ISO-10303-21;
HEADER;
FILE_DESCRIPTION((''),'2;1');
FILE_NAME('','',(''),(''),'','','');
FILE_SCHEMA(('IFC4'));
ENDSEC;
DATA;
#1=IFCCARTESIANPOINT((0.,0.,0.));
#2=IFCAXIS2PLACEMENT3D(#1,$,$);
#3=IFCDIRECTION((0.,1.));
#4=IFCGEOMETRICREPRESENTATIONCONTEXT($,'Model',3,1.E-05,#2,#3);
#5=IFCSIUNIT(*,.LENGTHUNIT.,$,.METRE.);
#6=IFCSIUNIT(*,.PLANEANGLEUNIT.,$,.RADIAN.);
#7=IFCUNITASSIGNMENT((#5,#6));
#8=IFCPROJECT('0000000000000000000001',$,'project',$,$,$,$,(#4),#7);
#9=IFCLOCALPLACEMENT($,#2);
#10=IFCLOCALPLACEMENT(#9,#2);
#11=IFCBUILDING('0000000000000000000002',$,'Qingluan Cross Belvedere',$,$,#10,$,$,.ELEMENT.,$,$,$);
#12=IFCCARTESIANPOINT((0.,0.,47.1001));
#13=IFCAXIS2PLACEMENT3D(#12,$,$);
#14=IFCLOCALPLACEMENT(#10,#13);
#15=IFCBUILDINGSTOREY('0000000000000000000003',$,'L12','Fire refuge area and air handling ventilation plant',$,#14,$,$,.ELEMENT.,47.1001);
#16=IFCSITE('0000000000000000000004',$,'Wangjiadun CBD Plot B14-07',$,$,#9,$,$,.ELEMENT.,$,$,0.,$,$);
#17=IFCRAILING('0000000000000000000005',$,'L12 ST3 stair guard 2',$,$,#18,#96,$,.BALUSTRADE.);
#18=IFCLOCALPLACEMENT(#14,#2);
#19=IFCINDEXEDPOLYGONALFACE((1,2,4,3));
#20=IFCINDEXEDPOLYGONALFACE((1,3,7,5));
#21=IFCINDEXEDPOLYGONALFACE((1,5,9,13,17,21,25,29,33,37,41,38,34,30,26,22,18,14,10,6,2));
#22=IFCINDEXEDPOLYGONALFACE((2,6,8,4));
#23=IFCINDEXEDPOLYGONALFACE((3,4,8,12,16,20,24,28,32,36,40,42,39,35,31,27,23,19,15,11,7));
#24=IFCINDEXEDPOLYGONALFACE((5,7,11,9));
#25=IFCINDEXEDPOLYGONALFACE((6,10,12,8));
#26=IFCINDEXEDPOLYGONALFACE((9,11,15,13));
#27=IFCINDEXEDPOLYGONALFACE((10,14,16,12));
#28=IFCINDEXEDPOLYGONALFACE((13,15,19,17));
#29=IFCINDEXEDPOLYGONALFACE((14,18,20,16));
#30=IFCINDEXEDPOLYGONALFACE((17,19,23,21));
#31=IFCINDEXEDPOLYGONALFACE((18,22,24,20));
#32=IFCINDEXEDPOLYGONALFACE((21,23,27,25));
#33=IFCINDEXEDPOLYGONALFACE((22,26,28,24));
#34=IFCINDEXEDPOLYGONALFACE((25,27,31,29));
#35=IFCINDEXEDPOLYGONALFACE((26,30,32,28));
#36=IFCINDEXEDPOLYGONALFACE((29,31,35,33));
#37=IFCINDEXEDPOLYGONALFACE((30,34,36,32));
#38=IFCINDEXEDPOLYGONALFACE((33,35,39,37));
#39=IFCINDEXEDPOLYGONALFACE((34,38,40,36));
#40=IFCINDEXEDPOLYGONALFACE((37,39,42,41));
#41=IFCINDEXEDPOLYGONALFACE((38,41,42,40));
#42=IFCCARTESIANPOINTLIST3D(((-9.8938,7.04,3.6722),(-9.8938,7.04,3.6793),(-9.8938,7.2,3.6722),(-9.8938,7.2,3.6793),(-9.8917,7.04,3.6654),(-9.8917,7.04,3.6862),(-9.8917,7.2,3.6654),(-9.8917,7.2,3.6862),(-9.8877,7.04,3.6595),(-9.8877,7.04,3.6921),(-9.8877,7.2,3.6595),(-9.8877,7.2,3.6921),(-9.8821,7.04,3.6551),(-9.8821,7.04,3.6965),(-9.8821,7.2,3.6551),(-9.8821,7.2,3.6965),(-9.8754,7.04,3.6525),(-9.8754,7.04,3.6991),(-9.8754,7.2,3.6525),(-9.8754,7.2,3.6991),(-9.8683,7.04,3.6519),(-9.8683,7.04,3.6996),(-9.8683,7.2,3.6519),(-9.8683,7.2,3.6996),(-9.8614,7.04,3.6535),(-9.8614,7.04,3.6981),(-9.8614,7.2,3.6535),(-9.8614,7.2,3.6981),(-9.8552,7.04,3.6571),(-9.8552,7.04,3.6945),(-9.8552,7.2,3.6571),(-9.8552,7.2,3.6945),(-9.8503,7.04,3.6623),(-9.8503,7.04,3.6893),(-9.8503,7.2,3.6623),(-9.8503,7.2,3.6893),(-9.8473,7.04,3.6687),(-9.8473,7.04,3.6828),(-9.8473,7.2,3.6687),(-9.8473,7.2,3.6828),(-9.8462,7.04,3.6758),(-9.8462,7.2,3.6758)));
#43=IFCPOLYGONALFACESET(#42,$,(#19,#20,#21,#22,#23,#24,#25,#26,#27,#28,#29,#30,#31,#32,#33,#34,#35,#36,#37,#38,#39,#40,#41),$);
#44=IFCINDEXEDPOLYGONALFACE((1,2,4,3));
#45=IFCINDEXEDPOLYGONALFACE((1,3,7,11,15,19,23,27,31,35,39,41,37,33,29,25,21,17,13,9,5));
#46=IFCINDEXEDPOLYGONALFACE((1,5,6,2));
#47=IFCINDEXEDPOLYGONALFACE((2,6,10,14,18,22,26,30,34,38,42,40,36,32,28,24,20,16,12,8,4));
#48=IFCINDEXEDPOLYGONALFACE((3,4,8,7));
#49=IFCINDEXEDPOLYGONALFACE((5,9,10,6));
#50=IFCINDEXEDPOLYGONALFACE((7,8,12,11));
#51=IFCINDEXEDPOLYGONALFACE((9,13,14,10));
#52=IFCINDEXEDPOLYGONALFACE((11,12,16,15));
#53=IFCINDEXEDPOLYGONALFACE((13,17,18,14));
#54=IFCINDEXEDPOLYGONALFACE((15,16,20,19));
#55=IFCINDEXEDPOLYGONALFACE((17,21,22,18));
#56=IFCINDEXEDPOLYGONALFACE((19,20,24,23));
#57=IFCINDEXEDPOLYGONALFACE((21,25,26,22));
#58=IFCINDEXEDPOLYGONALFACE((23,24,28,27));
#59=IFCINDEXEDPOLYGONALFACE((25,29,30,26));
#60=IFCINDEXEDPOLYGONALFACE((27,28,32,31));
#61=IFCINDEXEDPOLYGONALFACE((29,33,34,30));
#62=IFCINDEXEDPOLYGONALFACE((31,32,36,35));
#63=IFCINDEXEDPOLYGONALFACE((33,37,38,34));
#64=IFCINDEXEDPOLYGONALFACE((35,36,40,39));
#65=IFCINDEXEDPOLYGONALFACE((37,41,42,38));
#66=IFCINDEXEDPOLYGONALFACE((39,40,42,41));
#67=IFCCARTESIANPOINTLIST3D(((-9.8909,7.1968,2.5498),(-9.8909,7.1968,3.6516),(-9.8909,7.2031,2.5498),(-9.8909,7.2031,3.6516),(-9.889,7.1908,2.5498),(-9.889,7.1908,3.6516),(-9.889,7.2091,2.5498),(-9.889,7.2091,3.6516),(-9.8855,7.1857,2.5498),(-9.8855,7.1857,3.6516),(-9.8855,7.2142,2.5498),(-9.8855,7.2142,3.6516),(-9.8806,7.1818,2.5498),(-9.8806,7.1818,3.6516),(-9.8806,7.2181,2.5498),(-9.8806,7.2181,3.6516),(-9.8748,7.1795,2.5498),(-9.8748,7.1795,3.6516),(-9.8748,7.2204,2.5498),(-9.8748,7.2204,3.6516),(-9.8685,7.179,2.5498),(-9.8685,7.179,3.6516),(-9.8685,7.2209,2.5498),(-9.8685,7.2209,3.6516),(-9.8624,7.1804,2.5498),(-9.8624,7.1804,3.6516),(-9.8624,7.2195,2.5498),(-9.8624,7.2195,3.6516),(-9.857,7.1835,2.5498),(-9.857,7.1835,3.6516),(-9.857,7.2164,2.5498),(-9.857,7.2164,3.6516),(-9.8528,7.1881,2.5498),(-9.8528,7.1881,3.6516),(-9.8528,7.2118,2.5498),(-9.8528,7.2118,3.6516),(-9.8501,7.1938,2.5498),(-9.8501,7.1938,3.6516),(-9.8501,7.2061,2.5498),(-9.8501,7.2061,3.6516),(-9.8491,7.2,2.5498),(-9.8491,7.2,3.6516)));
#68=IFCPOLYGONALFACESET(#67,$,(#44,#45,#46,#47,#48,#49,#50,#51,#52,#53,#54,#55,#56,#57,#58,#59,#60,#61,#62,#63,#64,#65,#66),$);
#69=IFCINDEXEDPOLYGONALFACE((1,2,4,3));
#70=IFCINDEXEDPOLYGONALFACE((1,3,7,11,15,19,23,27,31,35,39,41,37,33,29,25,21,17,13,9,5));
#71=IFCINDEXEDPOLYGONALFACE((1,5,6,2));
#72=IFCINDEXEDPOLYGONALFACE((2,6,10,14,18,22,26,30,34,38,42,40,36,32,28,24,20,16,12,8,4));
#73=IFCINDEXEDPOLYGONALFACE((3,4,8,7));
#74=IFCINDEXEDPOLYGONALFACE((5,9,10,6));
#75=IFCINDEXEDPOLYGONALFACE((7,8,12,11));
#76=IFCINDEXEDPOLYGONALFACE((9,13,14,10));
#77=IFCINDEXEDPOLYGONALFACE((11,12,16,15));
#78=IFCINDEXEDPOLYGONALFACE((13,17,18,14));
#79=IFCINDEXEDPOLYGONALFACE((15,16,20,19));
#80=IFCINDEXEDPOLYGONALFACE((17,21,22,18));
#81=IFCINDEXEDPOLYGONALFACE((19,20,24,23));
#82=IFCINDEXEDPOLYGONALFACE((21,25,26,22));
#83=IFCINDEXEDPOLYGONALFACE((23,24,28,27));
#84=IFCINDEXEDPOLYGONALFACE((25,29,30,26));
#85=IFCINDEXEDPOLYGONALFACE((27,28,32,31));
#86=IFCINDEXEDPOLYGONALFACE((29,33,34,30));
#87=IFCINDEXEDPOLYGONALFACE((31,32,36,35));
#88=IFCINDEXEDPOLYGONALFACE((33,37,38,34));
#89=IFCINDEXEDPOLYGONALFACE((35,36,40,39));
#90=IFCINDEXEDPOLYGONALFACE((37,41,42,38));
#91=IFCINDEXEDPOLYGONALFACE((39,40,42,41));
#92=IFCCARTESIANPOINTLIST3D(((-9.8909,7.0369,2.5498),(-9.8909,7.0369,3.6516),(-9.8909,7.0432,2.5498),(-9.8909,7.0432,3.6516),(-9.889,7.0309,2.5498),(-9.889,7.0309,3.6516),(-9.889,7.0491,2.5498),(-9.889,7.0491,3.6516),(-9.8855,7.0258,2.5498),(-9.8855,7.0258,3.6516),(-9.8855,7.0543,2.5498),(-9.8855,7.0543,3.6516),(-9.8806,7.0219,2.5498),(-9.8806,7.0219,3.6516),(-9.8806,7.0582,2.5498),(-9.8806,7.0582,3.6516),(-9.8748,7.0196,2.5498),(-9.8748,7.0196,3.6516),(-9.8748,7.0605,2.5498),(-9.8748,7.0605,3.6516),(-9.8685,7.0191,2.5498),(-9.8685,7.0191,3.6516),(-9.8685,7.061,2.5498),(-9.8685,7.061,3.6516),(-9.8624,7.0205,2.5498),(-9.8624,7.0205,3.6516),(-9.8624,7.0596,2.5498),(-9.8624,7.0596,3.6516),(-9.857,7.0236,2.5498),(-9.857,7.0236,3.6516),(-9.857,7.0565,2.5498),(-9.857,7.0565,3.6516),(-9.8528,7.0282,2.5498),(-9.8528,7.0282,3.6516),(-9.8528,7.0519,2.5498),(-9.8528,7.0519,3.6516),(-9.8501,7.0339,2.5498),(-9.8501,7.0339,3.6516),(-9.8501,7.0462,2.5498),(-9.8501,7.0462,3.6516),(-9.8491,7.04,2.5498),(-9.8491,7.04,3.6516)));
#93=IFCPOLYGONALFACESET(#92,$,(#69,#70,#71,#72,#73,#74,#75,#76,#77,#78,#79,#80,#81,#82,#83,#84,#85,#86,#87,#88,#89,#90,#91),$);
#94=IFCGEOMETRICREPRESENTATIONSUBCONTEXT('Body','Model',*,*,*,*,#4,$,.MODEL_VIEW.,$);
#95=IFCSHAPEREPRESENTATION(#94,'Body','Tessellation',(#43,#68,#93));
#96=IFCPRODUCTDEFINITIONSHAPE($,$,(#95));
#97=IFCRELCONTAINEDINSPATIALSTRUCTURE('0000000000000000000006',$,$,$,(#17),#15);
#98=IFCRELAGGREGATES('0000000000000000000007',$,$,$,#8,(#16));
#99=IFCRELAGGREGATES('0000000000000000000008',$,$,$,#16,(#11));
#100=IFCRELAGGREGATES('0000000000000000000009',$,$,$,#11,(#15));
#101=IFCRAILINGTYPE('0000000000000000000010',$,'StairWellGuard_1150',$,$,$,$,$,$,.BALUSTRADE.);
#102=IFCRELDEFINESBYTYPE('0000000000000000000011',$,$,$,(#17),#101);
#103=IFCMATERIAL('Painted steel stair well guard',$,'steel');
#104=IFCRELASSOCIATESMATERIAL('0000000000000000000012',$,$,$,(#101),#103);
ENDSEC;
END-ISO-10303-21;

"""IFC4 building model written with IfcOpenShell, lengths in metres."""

from ifc_helpers import new_model, si_unit, direction, frame, origin, origin_2d, place, context, subcontext, project, spatial, circle, extrude, material, type_object, element, save


model = new_model("IFC4")

# Units and contexts
model_context = context("Model", 3, precision=1e-05, world=origin(), true_north=direction((0.0, 1.0)))
body_context = subcontext(model_context, "Body", "Model", "MODEL_VIEW")
ifc_project = project(units=[si_unit("LENGTHUNIT", "METRE"), si_unit("PLANEANGLEUNIT", "RADIAN")], contexts=[model_context])

# Site, building, storey
site_placement = place(None, origin())
site = spatial("IfcSite", under=ifc_project, at=site_placement, Name="Wangjiadun CBD Plot B14-07", CompositionType="ELEMENT", RefElevation=0.0)
building_placement = place(site_placement, origin())
building = spatial("IfcBuilding", under=site, at=building_placement, Name="Qingluan Cross Belvedere", CompositionType="ELEMENT")
storey_placement = place(building_placement, frame((0.0, 0.0, 47.1001)))
storey = spatial("IfcBuildingStorey", under=building, at=storey_placement, Name="L12", Description="Fire refuge area and air handling ventilation plant", CompositionType="ELEMENT", Elevation=47.1001)

# Railing
ifc_material_1 = material(Name="Painted steel stair well guard", Category="steel")
railing_type_1 = type_object("IfcRailingType", Name="StairWellGuard_1150", PredefinedType="BALUSTRADE", material=ifc_material_1)
railing_1_placement = place(storey_placement, frame((-9.8701, 7.2, 2.5498)))
element("IfcRailing", 1, at=railing_1_placement, inside=storey, type_object=railing_type_1, Name="L12 ST3 stair guard 2", PredefinedType="BALUSTRADE", context=body_context, shape_type="SweptSolid", body=[
    extrude(circle(Radius=0.0239, at=origin_2d()), frame((0.0, 0.0, 1.126), z_axis=(0.0, -1.0, 0.0), x_axis=(1.0, 0.0, 0.0)), (0.0, 0.0, 1.0), 0.1599),
    extrude(circle(Radius=0.021, at=origin_2d()), origin(), (0.0, 0.0, 1.0), 1.1018),
    extrude(circle(Radius=0.021, at=origin_2d()), frame((0.0, -0.1599, 0.0)), (0.0, 0.0, 1.0), 1.1018),
])

save(model, "model.ifc")
